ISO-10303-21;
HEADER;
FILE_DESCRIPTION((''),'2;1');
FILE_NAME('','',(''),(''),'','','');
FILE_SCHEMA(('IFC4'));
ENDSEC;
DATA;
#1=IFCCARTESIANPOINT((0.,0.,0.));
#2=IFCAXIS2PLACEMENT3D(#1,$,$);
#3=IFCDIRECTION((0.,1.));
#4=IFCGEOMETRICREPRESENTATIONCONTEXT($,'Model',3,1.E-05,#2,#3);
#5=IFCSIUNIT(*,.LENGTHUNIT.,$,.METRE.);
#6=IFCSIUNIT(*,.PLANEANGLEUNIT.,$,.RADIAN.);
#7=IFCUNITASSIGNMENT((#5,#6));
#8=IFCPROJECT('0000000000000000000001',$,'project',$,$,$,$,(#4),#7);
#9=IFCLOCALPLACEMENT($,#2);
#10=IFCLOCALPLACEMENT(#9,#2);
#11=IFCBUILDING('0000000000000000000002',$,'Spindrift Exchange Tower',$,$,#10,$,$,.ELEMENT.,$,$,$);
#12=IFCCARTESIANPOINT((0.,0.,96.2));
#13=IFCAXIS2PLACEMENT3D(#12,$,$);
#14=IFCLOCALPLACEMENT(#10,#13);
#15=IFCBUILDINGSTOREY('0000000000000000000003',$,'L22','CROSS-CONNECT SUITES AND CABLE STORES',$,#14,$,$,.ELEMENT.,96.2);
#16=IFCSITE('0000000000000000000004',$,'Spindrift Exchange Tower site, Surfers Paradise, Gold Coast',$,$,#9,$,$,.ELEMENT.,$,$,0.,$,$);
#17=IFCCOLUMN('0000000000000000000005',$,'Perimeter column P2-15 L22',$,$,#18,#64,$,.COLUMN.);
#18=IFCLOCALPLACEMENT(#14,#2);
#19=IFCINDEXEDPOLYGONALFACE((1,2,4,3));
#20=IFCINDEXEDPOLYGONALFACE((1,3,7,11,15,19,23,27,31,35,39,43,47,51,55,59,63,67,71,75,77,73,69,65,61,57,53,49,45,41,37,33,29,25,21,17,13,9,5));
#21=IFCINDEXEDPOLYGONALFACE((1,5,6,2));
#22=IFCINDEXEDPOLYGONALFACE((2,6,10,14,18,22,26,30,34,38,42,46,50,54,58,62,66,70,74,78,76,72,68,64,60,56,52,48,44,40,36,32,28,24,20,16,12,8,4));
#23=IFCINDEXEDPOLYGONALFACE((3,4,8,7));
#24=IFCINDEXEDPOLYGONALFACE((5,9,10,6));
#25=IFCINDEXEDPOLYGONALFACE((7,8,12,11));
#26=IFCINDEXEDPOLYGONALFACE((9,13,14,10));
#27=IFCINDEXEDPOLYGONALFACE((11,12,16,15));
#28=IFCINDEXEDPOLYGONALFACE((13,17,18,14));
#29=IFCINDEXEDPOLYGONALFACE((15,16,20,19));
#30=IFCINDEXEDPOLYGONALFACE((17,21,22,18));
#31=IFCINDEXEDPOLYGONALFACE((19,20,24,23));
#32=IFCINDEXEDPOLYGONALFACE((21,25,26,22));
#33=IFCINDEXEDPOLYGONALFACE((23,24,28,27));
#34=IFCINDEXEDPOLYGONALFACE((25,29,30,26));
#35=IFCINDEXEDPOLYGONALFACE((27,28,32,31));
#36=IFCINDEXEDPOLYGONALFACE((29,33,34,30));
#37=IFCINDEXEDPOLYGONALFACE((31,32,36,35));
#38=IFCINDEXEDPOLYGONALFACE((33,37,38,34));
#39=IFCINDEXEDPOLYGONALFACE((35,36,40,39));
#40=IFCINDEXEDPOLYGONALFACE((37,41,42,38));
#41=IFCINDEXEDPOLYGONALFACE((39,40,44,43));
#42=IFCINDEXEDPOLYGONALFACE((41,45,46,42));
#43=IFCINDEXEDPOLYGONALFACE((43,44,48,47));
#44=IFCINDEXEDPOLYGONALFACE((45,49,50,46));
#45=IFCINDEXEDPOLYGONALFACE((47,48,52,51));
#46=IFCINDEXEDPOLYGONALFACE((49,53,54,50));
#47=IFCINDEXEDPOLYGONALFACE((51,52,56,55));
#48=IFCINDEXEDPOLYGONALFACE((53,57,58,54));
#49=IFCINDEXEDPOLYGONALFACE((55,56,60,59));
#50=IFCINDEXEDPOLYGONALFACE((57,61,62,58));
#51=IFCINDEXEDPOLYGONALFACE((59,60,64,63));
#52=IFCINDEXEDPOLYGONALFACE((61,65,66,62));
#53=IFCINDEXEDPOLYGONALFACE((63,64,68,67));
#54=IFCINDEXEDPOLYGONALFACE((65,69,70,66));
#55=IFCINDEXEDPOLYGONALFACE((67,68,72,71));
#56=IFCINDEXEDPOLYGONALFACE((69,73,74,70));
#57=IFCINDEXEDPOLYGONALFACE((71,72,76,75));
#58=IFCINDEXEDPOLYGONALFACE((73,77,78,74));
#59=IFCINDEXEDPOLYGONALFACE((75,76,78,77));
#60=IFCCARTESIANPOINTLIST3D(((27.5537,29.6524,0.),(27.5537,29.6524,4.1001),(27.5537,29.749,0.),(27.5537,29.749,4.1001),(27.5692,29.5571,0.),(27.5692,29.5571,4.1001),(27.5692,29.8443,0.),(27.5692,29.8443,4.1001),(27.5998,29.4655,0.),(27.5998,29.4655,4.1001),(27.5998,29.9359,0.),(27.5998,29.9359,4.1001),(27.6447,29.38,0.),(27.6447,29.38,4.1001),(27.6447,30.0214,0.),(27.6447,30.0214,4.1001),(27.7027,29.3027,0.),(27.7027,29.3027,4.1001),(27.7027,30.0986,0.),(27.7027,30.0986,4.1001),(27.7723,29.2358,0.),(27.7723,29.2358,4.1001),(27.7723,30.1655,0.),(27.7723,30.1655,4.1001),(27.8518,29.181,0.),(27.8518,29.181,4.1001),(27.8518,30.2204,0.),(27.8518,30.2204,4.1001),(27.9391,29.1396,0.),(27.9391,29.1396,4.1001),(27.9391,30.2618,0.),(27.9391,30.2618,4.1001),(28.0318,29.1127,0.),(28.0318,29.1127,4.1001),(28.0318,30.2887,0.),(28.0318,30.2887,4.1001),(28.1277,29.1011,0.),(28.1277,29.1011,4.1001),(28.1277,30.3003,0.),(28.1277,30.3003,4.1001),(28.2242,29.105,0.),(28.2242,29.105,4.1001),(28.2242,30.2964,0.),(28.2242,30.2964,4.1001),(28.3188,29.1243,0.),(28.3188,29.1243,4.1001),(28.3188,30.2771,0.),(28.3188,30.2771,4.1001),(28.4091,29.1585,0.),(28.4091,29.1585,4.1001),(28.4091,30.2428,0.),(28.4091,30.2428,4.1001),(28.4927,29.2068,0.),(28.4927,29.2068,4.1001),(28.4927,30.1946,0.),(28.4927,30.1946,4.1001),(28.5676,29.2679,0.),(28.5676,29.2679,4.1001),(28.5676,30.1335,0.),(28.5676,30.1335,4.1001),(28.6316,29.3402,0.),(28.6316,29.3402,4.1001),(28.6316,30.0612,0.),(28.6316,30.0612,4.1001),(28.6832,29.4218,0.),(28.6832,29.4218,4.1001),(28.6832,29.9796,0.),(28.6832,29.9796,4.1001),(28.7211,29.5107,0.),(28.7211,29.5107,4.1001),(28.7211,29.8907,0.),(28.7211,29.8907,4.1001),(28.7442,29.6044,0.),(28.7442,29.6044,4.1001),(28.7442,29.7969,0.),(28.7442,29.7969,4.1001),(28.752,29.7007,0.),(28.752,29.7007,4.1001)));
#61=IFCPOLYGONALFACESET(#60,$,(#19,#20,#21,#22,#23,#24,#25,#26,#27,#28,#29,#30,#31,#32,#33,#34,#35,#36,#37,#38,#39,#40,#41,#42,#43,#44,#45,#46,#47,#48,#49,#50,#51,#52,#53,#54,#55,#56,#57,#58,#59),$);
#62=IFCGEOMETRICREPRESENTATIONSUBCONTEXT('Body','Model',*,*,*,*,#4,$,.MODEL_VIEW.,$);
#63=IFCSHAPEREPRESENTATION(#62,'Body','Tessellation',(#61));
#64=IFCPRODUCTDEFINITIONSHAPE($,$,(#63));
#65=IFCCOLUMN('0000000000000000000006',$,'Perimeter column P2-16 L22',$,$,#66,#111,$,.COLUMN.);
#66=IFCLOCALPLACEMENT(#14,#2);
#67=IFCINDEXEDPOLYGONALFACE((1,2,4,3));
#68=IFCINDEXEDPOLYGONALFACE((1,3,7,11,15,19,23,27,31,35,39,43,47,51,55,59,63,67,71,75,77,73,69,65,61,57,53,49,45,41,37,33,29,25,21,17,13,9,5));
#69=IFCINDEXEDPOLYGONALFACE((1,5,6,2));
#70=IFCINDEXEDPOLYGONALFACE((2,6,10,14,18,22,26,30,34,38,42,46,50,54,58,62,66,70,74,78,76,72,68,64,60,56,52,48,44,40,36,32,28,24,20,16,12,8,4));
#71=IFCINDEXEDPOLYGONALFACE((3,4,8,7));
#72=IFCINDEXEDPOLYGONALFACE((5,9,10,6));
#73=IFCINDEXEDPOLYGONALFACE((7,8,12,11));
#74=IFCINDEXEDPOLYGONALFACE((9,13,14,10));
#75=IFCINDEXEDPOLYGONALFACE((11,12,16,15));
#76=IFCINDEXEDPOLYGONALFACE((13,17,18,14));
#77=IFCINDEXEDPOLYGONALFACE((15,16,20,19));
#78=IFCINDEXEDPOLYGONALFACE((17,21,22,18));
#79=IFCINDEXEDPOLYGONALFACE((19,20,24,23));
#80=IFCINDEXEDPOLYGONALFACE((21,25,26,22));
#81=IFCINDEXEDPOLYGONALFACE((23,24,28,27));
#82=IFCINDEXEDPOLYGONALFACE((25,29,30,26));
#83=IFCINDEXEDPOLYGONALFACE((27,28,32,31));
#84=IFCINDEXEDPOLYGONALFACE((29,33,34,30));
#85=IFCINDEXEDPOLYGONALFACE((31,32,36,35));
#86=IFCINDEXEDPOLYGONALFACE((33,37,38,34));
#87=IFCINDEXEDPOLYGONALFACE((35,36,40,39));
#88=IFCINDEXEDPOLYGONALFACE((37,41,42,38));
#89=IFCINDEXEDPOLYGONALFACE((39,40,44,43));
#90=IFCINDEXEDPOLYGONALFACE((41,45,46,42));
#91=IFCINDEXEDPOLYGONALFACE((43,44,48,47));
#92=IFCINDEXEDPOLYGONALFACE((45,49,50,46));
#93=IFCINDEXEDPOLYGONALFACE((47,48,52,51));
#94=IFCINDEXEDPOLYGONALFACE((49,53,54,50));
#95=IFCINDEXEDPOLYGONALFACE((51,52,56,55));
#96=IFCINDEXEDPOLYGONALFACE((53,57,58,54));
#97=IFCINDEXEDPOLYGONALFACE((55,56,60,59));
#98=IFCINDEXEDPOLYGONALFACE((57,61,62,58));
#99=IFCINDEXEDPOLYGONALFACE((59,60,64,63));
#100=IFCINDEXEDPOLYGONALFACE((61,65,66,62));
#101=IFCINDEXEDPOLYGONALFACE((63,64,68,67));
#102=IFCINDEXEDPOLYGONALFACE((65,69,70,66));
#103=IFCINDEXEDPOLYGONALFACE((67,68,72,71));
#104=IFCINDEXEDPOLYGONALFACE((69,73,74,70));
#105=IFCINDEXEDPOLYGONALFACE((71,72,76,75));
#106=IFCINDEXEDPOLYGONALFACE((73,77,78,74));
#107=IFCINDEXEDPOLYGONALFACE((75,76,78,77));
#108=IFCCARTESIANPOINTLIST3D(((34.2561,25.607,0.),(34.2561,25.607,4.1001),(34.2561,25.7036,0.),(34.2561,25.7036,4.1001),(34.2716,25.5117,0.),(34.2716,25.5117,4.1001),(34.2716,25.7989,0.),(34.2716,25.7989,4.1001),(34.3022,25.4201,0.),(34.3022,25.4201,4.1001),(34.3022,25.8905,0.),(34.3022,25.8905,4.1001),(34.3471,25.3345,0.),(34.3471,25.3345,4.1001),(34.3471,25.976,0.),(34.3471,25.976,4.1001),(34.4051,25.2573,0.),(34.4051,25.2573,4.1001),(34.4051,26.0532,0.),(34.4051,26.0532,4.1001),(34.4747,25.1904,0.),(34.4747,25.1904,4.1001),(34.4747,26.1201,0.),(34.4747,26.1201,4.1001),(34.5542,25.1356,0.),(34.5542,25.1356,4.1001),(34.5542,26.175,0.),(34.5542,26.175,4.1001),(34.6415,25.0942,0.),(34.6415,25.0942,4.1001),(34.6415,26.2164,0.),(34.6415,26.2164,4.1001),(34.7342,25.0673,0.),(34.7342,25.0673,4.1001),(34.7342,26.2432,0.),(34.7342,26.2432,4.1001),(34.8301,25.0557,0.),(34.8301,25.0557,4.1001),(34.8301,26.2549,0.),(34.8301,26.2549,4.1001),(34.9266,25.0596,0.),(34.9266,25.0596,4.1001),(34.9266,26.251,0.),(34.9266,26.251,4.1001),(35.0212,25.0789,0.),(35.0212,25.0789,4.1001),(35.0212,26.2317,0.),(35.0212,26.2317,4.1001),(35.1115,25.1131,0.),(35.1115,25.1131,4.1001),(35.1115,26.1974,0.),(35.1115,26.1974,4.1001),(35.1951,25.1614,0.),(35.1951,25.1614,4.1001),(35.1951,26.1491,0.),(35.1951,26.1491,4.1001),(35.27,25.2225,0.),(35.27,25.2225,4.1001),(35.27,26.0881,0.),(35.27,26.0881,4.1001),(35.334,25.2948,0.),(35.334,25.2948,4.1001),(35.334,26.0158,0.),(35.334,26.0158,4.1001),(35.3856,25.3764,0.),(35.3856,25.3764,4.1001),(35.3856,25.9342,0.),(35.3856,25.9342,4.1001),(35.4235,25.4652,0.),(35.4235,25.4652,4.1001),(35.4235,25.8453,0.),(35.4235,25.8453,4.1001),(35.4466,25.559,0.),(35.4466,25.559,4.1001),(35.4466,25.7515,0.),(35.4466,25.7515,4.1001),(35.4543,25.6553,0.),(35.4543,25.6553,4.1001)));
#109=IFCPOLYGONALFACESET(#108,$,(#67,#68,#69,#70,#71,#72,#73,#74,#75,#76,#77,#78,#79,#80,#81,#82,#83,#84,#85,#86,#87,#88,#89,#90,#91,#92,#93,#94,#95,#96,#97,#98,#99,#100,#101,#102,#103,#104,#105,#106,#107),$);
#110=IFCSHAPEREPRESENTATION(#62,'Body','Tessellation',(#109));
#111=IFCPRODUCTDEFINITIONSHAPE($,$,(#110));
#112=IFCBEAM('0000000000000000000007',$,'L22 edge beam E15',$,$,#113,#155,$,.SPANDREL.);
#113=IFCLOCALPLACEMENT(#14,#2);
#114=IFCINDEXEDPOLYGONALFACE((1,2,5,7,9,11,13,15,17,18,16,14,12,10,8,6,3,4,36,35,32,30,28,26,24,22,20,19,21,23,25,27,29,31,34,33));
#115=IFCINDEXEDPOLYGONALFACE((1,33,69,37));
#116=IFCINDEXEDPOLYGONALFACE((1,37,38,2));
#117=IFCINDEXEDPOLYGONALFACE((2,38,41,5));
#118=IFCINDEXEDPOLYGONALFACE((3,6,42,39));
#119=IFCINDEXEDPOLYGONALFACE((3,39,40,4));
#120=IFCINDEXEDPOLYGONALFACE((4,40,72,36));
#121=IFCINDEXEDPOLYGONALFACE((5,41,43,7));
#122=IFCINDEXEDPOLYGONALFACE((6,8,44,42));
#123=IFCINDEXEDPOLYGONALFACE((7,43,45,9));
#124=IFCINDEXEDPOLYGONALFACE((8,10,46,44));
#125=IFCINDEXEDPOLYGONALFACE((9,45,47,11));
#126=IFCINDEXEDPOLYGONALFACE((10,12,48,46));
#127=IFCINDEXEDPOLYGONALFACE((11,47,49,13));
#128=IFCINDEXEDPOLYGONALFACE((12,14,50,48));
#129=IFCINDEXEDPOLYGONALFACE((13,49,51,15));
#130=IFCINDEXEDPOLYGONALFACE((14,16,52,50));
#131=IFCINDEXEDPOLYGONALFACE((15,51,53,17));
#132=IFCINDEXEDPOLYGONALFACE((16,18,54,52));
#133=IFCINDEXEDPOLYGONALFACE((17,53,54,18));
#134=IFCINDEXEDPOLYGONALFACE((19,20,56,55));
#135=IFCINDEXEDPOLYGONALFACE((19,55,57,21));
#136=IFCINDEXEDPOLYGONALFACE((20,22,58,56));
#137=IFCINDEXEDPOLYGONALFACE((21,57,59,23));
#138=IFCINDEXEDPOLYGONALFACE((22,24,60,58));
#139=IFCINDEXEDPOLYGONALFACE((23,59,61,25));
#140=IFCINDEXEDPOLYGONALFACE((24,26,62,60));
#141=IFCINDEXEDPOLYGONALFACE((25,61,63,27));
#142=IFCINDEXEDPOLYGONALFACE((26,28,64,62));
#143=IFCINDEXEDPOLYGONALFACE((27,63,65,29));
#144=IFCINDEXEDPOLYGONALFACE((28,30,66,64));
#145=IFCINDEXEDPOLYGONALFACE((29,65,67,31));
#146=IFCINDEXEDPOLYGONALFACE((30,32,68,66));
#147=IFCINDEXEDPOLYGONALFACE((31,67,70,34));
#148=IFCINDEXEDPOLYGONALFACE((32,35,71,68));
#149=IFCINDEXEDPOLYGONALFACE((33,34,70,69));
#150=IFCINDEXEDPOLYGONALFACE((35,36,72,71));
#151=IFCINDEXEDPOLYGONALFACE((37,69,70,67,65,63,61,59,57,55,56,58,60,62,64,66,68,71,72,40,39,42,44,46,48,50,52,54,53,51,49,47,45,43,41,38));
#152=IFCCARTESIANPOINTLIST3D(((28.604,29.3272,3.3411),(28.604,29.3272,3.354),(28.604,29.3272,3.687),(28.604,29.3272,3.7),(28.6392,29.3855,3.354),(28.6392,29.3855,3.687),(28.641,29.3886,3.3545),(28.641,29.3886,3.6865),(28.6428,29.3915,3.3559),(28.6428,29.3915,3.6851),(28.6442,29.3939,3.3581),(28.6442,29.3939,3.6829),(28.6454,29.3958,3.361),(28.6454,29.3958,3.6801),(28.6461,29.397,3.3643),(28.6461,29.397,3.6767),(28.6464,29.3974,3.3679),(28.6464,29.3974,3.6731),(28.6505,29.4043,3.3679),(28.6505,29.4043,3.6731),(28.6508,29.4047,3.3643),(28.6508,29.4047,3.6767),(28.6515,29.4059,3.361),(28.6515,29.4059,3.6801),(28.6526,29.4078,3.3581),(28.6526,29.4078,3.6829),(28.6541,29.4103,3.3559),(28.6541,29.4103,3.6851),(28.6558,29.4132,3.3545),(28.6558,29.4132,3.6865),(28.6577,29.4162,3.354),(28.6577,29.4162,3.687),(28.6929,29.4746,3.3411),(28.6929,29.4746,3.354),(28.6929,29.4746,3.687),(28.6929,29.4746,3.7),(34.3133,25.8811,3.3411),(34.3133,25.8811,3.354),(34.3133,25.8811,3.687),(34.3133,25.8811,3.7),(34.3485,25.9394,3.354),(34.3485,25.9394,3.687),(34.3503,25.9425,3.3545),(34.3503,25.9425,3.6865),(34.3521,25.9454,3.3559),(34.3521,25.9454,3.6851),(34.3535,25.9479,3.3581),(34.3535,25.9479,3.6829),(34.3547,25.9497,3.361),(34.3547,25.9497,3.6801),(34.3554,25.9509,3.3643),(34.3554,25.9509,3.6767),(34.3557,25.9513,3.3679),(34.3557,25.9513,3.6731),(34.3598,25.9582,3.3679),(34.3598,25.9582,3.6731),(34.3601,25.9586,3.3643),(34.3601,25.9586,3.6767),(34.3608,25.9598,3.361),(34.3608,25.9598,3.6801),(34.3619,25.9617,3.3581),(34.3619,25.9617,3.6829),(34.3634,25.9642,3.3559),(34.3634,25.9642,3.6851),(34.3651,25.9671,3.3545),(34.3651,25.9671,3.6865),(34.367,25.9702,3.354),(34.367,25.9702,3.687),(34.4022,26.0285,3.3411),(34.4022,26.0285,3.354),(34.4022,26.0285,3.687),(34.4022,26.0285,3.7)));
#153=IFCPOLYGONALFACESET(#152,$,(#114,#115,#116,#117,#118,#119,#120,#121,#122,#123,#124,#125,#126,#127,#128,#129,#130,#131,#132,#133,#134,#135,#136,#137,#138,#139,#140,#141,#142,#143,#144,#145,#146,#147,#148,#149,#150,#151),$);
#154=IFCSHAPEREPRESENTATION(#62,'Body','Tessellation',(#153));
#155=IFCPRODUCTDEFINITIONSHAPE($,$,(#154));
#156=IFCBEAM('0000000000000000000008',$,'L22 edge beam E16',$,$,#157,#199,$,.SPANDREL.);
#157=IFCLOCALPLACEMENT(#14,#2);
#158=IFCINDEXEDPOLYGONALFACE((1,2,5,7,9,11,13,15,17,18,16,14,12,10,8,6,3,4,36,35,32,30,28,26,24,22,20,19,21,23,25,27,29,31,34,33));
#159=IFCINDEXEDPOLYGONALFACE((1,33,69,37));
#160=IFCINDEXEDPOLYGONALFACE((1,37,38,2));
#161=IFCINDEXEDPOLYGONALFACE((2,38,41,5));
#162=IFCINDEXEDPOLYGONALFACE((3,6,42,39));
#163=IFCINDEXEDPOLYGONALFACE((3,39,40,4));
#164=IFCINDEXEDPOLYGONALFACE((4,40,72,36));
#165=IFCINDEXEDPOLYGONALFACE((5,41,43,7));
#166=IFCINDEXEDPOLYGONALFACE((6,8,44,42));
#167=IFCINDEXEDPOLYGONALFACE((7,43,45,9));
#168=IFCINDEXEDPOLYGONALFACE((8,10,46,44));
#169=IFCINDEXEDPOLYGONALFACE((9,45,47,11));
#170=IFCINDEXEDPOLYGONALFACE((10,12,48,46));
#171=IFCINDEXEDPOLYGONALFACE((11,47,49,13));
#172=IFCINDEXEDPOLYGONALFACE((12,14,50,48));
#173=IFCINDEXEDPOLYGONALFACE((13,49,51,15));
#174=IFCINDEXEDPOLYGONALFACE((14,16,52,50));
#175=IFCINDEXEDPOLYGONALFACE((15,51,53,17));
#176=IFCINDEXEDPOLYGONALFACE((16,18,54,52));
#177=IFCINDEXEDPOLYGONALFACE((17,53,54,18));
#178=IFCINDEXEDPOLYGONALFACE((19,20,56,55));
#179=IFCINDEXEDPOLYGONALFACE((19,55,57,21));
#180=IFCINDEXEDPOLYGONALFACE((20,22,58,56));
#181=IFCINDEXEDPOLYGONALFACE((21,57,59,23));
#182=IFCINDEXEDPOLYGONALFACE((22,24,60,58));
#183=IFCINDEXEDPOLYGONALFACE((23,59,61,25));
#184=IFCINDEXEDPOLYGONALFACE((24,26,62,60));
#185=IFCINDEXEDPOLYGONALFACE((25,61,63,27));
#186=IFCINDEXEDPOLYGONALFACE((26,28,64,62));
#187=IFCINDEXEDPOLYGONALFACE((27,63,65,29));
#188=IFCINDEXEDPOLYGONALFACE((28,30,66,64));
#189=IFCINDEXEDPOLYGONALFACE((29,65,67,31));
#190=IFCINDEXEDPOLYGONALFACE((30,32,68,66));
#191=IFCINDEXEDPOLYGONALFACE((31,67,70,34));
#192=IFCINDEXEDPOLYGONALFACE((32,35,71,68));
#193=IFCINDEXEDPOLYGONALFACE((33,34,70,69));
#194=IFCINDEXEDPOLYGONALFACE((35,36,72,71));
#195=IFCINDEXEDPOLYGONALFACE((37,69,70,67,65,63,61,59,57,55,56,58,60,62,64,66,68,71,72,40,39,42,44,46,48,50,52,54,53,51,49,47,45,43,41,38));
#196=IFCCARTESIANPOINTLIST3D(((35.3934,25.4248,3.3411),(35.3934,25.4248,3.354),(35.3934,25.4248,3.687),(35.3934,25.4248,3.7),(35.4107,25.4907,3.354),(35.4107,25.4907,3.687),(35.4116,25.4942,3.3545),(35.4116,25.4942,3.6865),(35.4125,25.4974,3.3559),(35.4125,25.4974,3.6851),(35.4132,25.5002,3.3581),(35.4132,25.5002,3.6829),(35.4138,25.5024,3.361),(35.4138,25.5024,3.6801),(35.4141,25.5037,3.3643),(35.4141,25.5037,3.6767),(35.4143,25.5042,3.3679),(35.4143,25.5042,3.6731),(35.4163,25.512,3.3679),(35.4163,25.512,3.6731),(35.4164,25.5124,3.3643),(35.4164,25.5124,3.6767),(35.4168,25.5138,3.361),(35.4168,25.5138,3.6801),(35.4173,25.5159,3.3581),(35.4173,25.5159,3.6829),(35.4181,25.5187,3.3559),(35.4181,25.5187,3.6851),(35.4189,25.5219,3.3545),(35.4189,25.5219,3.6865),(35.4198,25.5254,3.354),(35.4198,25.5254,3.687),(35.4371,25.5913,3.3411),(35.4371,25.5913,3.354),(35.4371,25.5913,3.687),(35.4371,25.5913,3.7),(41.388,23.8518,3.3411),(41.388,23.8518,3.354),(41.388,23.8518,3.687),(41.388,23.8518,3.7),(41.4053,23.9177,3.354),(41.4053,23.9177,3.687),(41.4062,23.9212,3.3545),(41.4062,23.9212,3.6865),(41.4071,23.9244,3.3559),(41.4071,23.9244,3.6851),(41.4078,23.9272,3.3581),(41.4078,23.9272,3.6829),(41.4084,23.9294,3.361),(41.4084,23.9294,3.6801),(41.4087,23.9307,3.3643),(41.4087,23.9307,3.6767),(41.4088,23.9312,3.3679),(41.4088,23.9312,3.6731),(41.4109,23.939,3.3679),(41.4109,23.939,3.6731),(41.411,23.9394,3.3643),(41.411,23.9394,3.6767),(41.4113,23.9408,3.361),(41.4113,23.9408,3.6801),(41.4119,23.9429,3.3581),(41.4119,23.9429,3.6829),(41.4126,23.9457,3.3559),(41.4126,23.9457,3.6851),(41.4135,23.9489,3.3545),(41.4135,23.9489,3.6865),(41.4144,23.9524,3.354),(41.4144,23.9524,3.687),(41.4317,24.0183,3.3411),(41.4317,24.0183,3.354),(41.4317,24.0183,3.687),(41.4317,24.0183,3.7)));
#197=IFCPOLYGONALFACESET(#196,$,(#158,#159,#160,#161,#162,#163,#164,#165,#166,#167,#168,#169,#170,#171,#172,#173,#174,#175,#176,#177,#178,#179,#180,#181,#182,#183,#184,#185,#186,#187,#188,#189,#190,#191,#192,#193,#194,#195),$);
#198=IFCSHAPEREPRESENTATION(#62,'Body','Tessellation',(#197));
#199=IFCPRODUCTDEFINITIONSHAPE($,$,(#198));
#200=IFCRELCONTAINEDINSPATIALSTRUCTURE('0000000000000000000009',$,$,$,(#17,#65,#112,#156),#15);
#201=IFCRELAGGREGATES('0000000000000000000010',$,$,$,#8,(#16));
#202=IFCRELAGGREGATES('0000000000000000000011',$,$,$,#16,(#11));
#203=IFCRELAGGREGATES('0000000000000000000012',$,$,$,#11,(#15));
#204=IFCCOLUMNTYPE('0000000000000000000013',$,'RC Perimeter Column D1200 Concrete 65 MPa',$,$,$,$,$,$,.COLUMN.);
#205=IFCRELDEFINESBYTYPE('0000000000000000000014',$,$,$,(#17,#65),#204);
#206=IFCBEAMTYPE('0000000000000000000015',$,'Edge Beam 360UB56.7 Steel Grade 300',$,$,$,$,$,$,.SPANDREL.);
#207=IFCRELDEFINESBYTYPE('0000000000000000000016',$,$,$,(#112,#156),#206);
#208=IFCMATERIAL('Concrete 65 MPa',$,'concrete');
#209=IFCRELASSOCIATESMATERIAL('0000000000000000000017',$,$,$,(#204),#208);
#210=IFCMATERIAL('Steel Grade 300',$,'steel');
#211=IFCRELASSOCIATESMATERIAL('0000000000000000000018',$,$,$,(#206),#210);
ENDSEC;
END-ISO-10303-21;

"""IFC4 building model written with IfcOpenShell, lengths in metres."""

from ifc_helpers import new_model, si_unit, direction, frame, origin, origin_2d, place, context, subcontext, project, spatial, circle, i_section, extrude, source, transform, mapped, material, material_profile, profile_set, type_object, element, save


model = new_model("IFC4")

# Units and contexts
model_context = context("Model", 3, precision=1e-05, world=origin(), true_north=direction((0.0, 1.0)))
body_context = subcontext(model_context, "Body", "Model", "MODEL_VIEW")
ifc_project = project(units=[si_unit("LENGTHUNIT", "METRE"), si_unit("PLANEANGLEUNIT", "RADIAN")], contexts=[model_context])

# Site, building, storey
site_placement = place(None, origin())
site = spatial("IfcSite", under=ifc_project, at=site_placement, Name="Spindrift Exchange Tower site, Surfers Paradise, Gold Coast", CompositionType="ELEMENT", RefElevation=0.0)
building_placement = place(site_placement, origin())
building = spatial("IfcBuilding", under=site, at=building_placement, Name="Spindrift Exchange Tower", CompositionType="ELEMENT")
storey_placement = place(building_placement, frame((0.0, 0.0, 96.2)))
storey = spatial("IfcBuildingStorey", under=building, at=storey_placement, Name="L22", Description="CROSS-CONNECT SUITES AND CABLE STORES", CompositionType="ELEMENT", Elevation=96.2)

# Columns
ifc_material_1 = material(Name="Concrete 65 MPa", Category="concrete")
ifc_material_profile_1 = material_profile(ifc_material_1, circle(Radius=0.6001, at=origin_2d()), Name="RC D1200")
ifc_profile_set_1 = profile_set([ifc_material_profile_1], Name="Concrete 65 MPa")
column_type = type_object("IfcColumnType", Name="RC Perimeter Column D1200 Concrete 65 MPa", PredefinedType="COLUMN", material=ifc_profile_set_1)
shared_shape_1 = source(origin(), body_context, "Body", "SweptSolid", [
    extrude(circle(Radius=0.6001, at=origin_2d()), origin(), (0.0, 0.0, 1.0), 4.1001),
])
for number, where, z_axis, x_axis, name in (
    (1, (28.1519, 29.7007, 0.0), (0.0, 0.0, 1.0), (1.0, 0.0, 0.0), "Perimeter column P2-15 L22"),
    (2, (34.8542, 25.6553, 0.0), (0.0, 0.0, 1.0), (1.0, 0.0, 0.0), "Perimeter column P2-16 L22"),
):
    element("IfcColumn", number, at=place(storey_placement, frame(where, z_axis=z_axis, x_axis=x_axis)), inside=storey, type_object=column_type, Name=name, PredefinedType="COLUMN", context=body_context, shape_type="MappedRepresentation", body=[
        mapped(shared_shape_1, transform((0.0, 0.0, 0.0), scale=1.0)),
    ])

# Beams
ifc_material_2 = material(Name="Steel Grade 300", Category="steel")
ifc_material_profile_2 = material_profile(ifc_material_2, i_section(OverallWidth=0.1721, OverallDepth=0.3589, WebThickness=0.0081, FlangeThickness=0.0129, FilletRadius=0.0139, at=origin_2d()), Name="360UB56.7")
ifc_profile_set_2 = profile_set([ifc_material_profile_2], Name="Steel Grade 300")
beam_type_1 = type_object("IfcBeamType", Name="Edge Beam 360UB56.7 Steel Grade 300", PredefinedType="SPANDREL", material=ifc_profile_set_2)
shared_shape_2 = source(origin(), body_context, "Body", "SweptSolid", [
    extrude(i_section(OverallWidth=0.1721, OverallDepth=0.3589, WebThickness=0.0081, FlangeThickness=0.0129, FilletRadius=0.0139, at=origin_2d()), origin(), (0.0, 0.0, 1.0), 6.6687),
])
beam_1_placement = place(storey_placement, frame((28.6484, 29.4009, 3.5205), z_axis=(0.856133, -0.516755, 0.0), x_axis=(0.516755, 0.856133, 0.0)))
element("IfcBeam", 3, at=beam_1_placement, inside=storey, type_object=beam_type_1, Name="L22 edge beam E15", PredefinedType="SPANDREL", context=body_context, shape_type="MappedRepresentation", body=[
    mapped(shared_shape_2, transform((0.0, 0.0, 0.0), scale=1.0)),
])
shared_shape_3 = source(origin(), body_context, "Body", "SweptSolid", [
    extrude(i_section(OverallWidth=0.1721, OverallDepth=0.3589, WebThickness=0.0081, FlangeThickness=0.0129, FilletRadius=0.0139, at=origin_2d()), origin(), (0.0, 0.0, 1.0), 6.1975),
])
beam_2_placement = place(storey_placement, frame((35.4153, 25.5081, 3.5205), z_axis=(0.967254, -0.253809, 0.0), x_axis=(0.253809, 0.967254, 0.0)))
element("IfcBeam", 4, at=beam_2_placement, inside=storey, type_object=beam_type_1, Name="L22 edge beam E16", PredefinedType="SPANDREL", context=body_context, shape_type="MappedRepresentation", body=[
    mapped(shared_shape_3, transform((0.0, 0.0, 0.0), scale=1.0)),
])

save(model, "model.ifc")
